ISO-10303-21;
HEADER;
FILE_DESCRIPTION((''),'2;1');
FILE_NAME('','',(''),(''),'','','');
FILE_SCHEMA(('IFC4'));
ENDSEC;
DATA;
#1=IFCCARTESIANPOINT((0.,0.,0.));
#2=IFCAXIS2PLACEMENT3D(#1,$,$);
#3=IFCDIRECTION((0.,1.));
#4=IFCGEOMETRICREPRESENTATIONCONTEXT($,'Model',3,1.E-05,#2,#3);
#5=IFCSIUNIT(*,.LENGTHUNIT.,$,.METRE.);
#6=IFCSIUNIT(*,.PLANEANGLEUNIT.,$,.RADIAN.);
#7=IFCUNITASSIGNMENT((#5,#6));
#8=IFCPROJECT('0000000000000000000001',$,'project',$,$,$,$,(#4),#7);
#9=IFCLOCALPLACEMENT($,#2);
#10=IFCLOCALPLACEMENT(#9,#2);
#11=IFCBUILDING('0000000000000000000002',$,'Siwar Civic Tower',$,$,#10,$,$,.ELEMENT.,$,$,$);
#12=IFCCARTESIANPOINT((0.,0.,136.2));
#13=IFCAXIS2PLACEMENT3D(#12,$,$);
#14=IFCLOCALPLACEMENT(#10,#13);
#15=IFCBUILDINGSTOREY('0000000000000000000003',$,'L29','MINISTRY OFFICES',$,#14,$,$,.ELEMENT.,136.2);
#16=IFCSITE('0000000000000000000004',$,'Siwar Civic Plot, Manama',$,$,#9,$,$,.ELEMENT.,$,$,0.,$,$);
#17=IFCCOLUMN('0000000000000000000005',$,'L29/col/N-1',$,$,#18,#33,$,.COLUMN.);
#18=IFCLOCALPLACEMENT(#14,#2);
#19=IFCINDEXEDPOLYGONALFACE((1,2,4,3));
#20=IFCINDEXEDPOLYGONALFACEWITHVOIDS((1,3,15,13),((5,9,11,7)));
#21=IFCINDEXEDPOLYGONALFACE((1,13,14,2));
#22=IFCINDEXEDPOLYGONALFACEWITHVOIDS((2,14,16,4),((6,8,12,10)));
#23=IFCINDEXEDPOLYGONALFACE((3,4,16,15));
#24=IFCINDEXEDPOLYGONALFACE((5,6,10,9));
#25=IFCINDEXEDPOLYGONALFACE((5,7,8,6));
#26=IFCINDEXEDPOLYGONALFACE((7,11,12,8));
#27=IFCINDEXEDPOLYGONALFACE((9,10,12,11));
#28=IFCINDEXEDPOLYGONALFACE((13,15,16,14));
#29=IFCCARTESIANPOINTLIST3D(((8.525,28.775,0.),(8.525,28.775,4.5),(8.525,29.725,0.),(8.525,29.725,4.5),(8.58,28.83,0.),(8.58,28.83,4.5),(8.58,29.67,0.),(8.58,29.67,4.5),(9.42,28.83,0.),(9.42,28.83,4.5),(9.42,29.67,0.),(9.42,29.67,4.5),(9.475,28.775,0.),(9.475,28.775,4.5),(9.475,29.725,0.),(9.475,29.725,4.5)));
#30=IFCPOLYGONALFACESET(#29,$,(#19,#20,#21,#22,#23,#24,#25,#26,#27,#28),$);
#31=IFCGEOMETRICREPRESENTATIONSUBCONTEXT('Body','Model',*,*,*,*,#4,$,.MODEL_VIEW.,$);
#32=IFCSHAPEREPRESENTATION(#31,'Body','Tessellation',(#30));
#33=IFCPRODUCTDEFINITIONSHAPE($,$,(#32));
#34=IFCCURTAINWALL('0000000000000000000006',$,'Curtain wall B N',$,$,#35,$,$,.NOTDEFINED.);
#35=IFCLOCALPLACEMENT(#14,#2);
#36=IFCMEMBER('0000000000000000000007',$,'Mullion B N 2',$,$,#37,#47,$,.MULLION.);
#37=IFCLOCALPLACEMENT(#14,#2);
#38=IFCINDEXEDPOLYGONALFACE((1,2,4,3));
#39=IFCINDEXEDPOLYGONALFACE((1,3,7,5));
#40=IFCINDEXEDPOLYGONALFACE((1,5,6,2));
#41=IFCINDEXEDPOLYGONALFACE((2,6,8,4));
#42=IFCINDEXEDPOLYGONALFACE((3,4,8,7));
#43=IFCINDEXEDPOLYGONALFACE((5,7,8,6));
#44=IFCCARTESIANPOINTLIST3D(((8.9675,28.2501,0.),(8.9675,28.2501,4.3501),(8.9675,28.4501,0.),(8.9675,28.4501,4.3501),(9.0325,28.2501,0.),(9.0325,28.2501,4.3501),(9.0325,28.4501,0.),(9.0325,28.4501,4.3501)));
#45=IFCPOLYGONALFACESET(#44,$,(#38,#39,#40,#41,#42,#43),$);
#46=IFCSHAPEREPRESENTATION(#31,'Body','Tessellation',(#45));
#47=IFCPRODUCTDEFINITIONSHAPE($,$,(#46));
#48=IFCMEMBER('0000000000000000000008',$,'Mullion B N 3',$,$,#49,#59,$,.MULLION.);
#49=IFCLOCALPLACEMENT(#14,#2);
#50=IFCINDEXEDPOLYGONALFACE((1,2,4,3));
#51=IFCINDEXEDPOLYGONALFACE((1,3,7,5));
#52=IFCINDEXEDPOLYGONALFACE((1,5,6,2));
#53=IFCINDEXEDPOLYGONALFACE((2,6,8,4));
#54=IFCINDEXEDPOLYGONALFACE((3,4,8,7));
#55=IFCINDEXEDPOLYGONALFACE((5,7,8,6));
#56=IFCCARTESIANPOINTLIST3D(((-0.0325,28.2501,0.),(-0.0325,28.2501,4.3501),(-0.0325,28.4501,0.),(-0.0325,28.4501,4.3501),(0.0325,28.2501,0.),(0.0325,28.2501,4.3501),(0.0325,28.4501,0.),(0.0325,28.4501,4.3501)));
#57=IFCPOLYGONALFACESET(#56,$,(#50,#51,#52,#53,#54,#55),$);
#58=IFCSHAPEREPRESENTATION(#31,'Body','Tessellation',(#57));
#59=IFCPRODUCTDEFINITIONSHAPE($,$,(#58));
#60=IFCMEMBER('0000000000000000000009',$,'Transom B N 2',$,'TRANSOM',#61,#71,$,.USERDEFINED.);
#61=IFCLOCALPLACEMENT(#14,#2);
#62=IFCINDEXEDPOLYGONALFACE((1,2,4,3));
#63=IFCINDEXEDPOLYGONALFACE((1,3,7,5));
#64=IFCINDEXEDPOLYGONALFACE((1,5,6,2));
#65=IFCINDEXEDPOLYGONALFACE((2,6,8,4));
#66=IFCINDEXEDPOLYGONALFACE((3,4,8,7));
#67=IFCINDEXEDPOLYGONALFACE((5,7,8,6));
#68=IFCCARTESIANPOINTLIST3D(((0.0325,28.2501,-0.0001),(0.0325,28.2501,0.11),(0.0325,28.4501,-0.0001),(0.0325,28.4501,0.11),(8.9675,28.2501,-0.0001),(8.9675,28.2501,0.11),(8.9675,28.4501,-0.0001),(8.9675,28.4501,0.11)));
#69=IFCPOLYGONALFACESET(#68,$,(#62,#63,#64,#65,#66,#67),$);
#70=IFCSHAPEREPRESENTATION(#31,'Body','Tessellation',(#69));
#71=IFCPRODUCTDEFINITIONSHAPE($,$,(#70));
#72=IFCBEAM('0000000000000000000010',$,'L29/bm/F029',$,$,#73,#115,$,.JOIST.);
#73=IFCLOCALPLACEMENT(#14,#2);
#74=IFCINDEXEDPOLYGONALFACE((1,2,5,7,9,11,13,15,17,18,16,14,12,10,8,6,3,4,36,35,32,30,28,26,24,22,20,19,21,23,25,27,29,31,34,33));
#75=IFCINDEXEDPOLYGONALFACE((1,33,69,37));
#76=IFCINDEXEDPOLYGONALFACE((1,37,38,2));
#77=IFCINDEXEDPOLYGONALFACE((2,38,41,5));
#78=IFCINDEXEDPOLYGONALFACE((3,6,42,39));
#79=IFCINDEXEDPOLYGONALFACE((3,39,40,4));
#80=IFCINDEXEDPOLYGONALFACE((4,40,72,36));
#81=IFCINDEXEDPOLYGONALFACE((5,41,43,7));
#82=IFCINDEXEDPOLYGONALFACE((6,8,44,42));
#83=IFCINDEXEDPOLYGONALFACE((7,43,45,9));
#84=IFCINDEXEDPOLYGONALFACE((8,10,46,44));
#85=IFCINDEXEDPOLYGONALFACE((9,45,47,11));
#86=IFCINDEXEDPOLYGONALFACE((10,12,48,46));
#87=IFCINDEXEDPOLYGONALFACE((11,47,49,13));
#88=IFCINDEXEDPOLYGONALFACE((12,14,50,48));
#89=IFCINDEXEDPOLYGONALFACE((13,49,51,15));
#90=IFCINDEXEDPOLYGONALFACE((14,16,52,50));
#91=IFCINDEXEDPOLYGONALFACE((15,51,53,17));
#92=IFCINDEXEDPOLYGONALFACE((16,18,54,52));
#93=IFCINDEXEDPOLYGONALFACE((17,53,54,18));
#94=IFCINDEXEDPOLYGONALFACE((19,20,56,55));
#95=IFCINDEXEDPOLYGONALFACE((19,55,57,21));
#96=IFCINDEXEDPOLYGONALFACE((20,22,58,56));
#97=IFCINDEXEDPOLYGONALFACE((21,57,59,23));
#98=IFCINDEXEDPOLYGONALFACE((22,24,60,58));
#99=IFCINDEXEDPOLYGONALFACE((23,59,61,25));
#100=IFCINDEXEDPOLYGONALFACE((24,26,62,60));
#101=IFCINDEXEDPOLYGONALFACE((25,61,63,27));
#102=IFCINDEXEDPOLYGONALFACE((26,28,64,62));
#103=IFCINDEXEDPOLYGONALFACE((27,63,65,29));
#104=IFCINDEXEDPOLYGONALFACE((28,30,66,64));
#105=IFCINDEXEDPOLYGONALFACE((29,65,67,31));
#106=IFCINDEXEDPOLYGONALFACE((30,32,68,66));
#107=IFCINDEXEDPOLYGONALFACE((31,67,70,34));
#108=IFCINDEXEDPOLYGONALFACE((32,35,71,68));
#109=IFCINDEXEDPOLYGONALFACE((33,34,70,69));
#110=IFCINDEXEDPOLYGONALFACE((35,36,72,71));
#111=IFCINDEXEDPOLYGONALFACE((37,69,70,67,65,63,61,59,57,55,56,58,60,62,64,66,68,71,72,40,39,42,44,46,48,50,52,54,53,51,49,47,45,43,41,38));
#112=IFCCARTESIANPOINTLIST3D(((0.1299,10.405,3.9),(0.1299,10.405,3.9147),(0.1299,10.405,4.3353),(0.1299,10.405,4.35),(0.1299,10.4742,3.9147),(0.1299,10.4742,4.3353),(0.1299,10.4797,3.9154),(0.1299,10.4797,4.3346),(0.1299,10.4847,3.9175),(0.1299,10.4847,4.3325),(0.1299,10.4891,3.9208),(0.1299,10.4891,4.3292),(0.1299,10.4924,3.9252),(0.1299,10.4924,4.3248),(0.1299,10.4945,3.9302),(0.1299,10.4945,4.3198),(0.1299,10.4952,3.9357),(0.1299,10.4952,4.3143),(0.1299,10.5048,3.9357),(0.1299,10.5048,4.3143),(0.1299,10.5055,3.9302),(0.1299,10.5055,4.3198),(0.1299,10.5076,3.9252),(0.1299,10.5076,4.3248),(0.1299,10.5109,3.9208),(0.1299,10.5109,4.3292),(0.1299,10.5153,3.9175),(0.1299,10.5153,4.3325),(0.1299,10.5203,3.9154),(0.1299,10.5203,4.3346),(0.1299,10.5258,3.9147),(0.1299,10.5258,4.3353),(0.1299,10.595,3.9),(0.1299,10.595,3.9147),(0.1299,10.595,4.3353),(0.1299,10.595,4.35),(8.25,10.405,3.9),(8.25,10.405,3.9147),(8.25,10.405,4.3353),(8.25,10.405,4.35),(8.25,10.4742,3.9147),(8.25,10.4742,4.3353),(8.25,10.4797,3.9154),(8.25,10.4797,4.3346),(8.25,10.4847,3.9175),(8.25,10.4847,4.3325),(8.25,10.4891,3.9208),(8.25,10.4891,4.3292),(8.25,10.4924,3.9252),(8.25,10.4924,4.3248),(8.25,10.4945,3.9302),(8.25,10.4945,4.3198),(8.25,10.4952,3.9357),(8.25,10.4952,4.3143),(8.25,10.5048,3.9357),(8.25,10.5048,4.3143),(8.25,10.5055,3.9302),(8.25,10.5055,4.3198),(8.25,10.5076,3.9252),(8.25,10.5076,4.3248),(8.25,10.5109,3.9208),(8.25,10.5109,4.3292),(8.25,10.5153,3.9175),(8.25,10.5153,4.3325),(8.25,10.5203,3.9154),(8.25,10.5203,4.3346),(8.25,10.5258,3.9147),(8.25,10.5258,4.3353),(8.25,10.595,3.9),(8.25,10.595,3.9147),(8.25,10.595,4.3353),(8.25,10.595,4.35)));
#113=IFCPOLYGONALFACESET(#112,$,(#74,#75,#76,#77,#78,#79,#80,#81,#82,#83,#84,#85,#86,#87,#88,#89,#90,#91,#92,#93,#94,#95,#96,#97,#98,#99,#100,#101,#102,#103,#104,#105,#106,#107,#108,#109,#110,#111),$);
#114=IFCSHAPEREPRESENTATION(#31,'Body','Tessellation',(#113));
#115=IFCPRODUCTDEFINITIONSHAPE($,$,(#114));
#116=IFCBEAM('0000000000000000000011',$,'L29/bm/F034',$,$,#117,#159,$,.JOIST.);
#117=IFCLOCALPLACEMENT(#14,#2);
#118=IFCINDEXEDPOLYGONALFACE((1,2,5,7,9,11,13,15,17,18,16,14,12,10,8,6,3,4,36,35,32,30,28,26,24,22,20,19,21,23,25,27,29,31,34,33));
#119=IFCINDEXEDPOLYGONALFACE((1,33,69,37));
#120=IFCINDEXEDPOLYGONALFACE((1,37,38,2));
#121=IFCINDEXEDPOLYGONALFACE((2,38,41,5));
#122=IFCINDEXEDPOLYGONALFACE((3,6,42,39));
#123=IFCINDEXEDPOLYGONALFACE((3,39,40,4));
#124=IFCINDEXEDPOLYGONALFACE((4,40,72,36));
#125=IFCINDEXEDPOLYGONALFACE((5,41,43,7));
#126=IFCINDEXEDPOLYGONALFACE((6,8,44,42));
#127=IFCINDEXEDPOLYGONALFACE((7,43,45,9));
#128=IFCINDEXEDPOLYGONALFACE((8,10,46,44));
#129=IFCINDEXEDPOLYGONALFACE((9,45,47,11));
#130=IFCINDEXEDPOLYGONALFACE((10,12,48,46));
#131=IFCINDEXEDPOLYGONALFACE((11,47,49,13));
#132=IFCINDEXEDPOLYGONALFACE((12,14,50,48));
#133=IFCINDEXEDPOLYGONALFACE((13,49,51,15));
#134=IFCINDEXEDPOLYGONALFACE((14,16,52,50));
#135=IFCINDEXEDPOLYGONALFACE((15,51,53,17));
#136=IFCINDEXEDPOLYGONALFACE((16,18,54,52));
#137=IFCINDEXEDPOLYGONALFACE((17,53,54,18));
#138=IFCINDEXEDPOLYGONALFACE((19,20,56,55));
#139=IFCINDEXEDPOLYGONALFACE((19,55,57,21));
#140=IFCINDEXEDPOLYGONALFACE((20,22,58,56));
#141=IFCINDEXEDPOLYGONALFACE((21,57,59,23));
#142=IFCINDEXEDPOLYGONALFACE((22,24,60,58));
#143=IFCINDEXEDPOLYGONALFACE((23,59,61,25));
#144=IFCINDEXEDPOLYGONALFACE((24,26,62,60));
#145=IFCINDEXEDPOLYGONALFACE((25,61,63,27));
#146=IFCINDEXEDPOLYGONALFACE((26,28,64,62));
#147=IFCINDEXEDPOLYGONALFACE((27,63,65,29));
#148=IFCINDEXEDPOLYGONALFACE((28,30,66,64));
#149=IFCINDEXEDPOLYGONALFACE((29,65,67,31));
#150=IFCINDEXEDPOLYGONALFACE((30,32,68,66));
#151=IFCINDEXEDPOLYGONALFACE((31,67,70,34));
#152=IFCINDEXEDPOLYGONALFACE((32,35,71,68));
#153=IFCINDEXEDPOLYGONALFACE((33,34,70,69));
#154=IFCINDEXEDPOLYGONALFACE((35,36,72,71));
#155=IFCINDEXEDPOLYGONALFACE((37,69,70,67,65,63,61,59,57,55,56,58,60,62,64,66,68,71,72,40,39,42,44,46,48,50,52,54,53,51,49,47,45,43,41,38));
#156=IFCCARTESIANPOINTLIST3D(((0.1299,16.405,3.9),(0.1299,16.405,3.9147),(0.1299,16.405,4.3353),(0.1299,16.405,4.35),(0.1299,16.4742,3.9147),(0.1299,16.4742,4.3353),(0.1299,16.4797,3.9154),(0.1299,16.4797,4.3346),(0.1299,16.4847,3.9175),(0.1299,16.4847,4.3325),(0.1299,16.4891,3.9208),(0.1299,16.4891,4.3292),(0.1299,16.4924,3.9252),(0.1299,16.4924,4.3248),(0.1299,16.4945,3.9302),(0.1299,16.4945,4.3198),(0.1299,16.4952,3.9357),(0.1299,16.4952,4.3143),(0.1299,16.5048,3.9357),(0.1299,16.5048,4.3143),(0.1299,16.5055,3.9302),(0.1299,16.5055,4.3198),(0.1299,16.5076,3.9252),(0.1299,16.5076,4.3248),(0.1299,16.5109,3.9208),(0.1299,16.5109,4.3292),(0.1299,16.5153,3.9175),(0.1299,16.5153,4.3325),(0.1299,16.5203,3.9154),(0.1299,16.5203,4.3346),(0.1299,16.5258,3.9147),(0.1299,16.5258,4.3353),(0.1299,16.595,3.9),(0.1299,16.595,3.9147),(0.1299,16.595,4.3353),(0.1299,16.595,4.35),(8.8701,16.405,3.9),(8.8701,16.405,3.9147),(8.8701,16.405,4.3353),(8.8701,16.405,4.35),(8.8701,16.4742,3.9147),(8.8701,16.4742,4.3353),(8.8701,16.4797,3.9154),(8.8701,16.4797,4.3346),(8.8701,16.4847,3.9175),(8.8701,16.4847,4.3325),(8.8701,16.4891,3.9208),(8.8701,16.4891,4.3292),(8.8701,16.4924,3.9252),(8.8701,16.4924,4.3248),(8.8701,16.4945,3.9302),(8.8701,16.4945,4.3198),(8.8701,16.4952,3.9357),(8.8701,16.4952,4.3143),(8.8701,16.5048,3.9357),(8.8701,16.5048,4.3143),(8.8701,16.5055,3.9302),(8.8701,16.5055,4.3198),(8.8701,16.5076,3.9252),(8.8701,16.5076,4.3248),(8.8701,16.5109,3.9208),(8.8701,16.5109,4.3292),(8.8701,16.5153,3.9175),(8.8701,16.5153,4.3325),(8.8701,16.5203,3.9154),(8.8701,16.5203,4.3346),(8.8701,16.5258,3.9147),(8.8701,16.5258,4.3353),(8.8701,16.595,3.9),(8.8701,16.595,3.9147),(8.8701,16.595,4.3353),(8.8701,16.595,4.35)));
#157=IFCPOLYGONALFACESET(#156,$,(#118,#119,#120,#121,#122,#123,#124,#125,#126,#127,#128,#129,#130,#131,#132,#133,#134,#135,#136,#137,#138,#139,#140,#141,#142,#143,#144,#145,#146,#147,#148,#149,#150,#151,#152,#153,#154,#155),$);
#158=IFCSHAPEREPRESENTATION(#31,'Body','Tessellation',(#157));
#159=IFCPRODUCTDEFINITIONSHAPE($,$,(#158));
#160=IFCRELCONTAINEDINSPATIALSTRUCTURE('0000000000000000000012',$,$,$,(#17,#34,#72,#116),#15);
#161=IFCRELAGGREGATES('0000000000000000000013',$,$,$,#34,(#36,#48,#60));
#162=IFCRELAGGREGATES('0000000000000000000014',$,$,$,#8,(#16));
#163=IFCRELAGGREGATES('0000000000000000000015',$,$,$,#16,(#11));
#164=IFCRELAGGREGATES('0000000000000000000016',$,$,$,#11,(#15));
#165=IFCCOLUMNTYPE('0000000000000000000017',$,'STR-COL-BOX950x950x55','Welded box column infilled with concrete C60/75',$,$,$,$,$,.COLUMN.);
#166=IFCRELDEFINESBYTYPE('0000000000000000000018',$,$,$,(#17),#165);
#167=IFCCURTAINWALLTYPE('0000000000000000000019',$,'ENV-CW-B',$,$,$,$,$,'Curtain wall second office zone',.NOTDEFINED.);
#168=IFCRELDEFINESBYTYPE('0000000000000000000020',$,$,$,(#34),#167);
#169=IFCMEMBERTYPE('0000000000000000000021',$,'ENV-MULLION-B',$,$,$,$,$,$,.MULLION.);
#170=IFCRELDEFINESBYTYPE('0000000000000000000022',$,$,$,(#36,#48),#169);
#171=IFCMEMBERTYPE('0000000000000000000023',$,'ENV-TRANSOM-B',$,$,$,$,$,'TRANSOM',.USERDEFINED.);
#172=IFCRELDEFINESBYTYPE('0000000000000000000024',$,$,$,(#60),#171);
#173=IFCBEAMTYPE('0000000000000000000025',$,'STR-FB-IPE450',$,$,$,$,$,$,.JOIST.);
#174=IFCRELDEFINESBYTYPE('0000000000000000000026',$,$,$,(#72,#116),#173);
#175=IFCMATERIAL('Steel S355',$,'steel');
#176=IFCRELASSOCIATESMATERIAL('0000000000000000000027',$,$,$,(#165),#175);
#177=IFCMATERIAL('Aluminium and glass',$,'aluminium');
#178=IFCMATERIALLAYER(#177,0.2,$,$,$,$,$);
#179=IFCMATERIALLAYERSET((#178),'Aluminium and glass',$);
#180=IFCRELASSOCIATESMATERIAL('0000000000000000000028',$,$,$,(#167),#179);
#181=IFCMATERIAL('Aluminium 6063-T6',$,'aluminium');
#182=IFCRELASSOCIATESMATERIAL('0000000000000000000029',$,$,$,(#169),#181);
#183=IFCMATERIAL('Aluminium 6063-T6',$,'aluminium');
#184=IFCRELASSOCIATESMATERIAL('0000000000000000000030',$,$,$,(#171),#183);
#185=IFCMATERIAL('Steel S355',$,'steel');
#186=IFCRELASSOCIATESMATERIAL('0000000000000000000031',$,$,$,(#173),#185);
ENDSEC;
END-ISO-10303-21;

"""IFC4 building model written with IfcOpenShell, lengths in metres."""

from ifc_helpers import new_model, si_unit, direction, frame, origin, origin_2d, place, context, subcontext, project, spatial, rectangle, hollow_rectangle, i_section, extrude, material, layer, layer_set, material_profile, profile_set, type_object, element, aggregate, save


model = new_model("IFC4")

# Units and contexts
model_context = context("Model", 3, precision=1e-05, world=origin(), true_north=direction((0.0, 1.0)))
body_context = subcontext(model_context, "Body", "Model", "MODEL_VIEW")
ifc_project = project(units=[si_unit("LENGTHUNIT", "METRE"), si_unit("PLANEANGLEUNIT", "RADIAN")], contexts=[model_context])

# Site, building, storey
site_placement = place(None, origin())
site = spatial("IfcSite", under=ifc_project, at=site_placement, Name="Siwar Civic Plot, Manama", CompositionType="ELEMENT", RefElevation=0.0)
building_placement = place(site_placement, origin())
building = spatial("IfcBuilding", under=site, at=building_placement, Name="Siwar Civic Tower", CompositionType="ELEMENT")
storey_placement = place(building_placement, frame((0.0, 0.0, 136.2)))
storey = spatial("IfcBuildingStorey", under=building, at=storey_placement, Name="L29", Description="MINISTRY OFFICES", CompositionType="ELEMENT", Elevation=136.2)

# Column
ifc_material_1 = material(Name="Steel S355", Category="steel")
ifc_material_profile_1 = material_profile(ifc_material_1, hollow_rectangle(XDim=0.95, YDim=0.95, WallThickness=0.0549, at=origin_2d()), Name="BOX950x950x55")
ifc_profile_set_1 = profile_set([ifc_material_profile_1], Name="Steel S355")
column_type = type_object("IfcColumnType", Name="STR-COL-BOX950x950x55", Description="Welded box column infilled with concrete C60/75", PredefinedType="COLUMN", material=ifc_profile_set_1)
column_placement = place(storey_placement, frame((9.0, 29.25, 0.0), z_axis=(0.0, 0.0, 1.0), x_axis=(1.0, 0.0, 0.0)))
element("IfcColumn", 1, at=column_placement, inside=storey, type_object=column_type, Name="L29/col/N-1", PredefinedType="COLUMN", context=body_context, shape_type="SweptSolid", body=[
    extrude(hollow_rectangle(XDim=0.95, YDim=0.95, WallThickness=0.0549, at=origin_2d()), origin(), (0.0, 0.0, 1.0), 4.5),
])

# Curtain wall, members
ifc_material_2 = material(Name="Aluminium and glass", Category="aluminium")
ifc_layer_1 = layer(ifc_material_2, 0.2)
ifc_layer_set_1 = layer_set([ifc_layer_1], Name="Aluminium and glass")
curtain_wall_type = type_object("IfcCurtainWallType", Name="ENV-CW-B", ElementType="Curtain wall second office zone", PredefinedType="NOTDEFINED", material=ifc_layer_set_1)
curtain_wall_placement = place(storey_placement, origin())
curtain_wall = element("IfcCurtainWall", 2, at=curtain_wall_placement, inside=storey, type_object=curtain_wall_type, Name="Curtain wall B N", PredefinedType="NOTDEFINED")
ifc_material_3 = material(Name="Aluminium 6063-T6", Category="aluminium")
ifc_material_profile_2 = material_profile(ifc_material_3, rectangle(XDim=0.2, YDim=0.0649, at=origin_2d()), Name="AL 200x65")
ifc_profile_set_2 = profile_set([ifc_material_profile_2], Name="Aluminium 6063-T6")
member_type_1 = type_object("IfcMemberType", Name="ENV-MULLION-B", PredefinedType="MULLION", material=ifc_profile_set_2)
member_1_placement = place(storey_placement, frame((9.0, 28.3501, 0.0), z_axis=(0.0, 0.0, 1.0), x_axis=(0.0, -1.0, 0.0)))
member_1 = element("IfcMember", 3, at=member_1_placement, type_object=member_type_1, Name="Mullion B N 2", PredefinedType="MULLION", context=body_context, shape_type="SweptSolid", body=[
    extrude(rectangle(XDim=0.2, YDim=0.0649, at=origin_2d()), origin(), (0.0, 0.0, 1.0), 4.3501),
])
member_2_placement = place(storey_placement, frame((0.0, 28.3501, 0.0), z_axis=(0.0, 0.0, 1.0), x_axis=(0.0, -1.0, 0.0)))
member_2 = element("IfcMember", 4, at=member_2_placement, type_object=member_type_1, Name="Mullion B N 3", PredefinedType="MULLION", context=body_context, shape_type="SweptSolid", body=[
    extrude(rectangle(XDim=0.2, YDim=0.0649, at=origin_2d()), origin(), (0.0, 0.0, 1.0), 4.3501),
])
ifc_material_4 = material(Name="Aluminium 6063-T6", Category="aluminium")
ifc_material_profile_3 = material_profile(ifc_material_4, rectangle(XDim=0.2, YDim=0.1101, at=origin_2d()), Name="AL 200x110")
ifc_profile_set_3 = profile_set([ifc_material_profile_3], Name="Aluminium 6063-T6")
member_type_2 = type_object("IfcMemberType", Name="ENV-TRANSOM-B", ElementType="TRANSOM", PredefinedType="USERDEFINED", material=ifc_profile_set_3)
member_3_placement = place(storey_placement, frame((8.9675, 28.3501, 0.0549), z_axis=(-1.0, 0.0, 0.0), x_axis=(0.0, -1.0, 0.0)))
member_3 = element("IfcMember", 5, at=member_3_placement, type_object=member_type_2, Name="Transom B N 2", ObjectType="TRANSOM", PredefinedType="USERDEFINED", context=body_context, shape_type="SweptSolid", body=[
    extrude(rectangle(XDim=0.2, YDim=0.1101, at=origin_2d()), origin(), (0.0, 0.0, 1.0), 8.9351),
])

# Beams
ifc_material_5 = material(Name="Steel S355", Category="steel")
ifc_material_profile_4 = material_profile(ifc_material_5, i_section(OverallWidth=0.1899, OverallDepth=0.45, WebThickness=0.0095, FlangeThickness=0.0146, FilletRadius=0.021, at=origin_2d()), Name="IPE450")
ifc_profile_set_4 = profile_set([ifc_material_profile_4], Name="Steel S355")
beam_type_1 = type_object("IfcBeamType", Name="STR-FB-IPE450", PredefinedType="JOIST", material=ifc_profile_set_4)
beam_1_placement = place(storey_placement, frame((0.1299, 10.5, 4.125), z_axis=(1.0, 0.0, 0.0), x_axis=(0.0, 1.0, 0.0)))
element("IfcBeam", 6, at=beam_1_placement, inside=storey, type_object=beam_type_1, Name="L29/bm/F029", PredefinedType="JOIST", context=body_context, shape_type="SweptSolid", body=[
    extrude(i_section(OverallWidth=0.1899, OverallDepth=0.45, WebThickness=0.0095, FlangeThickness=0.0146, FilletRadius=0.021, at=origin_2d()), origin(), (0.0, 0.0, 1.0), 8.1201),
])
for number, where, z_axis, x_axis, name in (
    (7, (0.1299, 16.5, 4.125), (1.0, 0.0, 0.0), (0.0, 1.0, 0.0), "L29/bm/F034"),
):
    element("IfcBeam", number, at=place(storey_placement, frame(where, z_axis=z_axis, x_axis=x_axis)), inside=storey, type_object=beam_type_1, Name=name, PredefinedType="JOIST", context=body_context, shape_type="SweptSolid", body=[
        extrude(i_section(OverallWidth=0.1899, OverallDepth=0.45, WebThickness=0.0095, FlangeThickness=0.0146, FilletRadius=0.021, at=origin_2d()), origin(), (0.0, 0.0, 1.0), 8.7402),
    ])

aggregate(curtain_wall, [member_1, member_2, member_3])

save(model, "model.ifc")
